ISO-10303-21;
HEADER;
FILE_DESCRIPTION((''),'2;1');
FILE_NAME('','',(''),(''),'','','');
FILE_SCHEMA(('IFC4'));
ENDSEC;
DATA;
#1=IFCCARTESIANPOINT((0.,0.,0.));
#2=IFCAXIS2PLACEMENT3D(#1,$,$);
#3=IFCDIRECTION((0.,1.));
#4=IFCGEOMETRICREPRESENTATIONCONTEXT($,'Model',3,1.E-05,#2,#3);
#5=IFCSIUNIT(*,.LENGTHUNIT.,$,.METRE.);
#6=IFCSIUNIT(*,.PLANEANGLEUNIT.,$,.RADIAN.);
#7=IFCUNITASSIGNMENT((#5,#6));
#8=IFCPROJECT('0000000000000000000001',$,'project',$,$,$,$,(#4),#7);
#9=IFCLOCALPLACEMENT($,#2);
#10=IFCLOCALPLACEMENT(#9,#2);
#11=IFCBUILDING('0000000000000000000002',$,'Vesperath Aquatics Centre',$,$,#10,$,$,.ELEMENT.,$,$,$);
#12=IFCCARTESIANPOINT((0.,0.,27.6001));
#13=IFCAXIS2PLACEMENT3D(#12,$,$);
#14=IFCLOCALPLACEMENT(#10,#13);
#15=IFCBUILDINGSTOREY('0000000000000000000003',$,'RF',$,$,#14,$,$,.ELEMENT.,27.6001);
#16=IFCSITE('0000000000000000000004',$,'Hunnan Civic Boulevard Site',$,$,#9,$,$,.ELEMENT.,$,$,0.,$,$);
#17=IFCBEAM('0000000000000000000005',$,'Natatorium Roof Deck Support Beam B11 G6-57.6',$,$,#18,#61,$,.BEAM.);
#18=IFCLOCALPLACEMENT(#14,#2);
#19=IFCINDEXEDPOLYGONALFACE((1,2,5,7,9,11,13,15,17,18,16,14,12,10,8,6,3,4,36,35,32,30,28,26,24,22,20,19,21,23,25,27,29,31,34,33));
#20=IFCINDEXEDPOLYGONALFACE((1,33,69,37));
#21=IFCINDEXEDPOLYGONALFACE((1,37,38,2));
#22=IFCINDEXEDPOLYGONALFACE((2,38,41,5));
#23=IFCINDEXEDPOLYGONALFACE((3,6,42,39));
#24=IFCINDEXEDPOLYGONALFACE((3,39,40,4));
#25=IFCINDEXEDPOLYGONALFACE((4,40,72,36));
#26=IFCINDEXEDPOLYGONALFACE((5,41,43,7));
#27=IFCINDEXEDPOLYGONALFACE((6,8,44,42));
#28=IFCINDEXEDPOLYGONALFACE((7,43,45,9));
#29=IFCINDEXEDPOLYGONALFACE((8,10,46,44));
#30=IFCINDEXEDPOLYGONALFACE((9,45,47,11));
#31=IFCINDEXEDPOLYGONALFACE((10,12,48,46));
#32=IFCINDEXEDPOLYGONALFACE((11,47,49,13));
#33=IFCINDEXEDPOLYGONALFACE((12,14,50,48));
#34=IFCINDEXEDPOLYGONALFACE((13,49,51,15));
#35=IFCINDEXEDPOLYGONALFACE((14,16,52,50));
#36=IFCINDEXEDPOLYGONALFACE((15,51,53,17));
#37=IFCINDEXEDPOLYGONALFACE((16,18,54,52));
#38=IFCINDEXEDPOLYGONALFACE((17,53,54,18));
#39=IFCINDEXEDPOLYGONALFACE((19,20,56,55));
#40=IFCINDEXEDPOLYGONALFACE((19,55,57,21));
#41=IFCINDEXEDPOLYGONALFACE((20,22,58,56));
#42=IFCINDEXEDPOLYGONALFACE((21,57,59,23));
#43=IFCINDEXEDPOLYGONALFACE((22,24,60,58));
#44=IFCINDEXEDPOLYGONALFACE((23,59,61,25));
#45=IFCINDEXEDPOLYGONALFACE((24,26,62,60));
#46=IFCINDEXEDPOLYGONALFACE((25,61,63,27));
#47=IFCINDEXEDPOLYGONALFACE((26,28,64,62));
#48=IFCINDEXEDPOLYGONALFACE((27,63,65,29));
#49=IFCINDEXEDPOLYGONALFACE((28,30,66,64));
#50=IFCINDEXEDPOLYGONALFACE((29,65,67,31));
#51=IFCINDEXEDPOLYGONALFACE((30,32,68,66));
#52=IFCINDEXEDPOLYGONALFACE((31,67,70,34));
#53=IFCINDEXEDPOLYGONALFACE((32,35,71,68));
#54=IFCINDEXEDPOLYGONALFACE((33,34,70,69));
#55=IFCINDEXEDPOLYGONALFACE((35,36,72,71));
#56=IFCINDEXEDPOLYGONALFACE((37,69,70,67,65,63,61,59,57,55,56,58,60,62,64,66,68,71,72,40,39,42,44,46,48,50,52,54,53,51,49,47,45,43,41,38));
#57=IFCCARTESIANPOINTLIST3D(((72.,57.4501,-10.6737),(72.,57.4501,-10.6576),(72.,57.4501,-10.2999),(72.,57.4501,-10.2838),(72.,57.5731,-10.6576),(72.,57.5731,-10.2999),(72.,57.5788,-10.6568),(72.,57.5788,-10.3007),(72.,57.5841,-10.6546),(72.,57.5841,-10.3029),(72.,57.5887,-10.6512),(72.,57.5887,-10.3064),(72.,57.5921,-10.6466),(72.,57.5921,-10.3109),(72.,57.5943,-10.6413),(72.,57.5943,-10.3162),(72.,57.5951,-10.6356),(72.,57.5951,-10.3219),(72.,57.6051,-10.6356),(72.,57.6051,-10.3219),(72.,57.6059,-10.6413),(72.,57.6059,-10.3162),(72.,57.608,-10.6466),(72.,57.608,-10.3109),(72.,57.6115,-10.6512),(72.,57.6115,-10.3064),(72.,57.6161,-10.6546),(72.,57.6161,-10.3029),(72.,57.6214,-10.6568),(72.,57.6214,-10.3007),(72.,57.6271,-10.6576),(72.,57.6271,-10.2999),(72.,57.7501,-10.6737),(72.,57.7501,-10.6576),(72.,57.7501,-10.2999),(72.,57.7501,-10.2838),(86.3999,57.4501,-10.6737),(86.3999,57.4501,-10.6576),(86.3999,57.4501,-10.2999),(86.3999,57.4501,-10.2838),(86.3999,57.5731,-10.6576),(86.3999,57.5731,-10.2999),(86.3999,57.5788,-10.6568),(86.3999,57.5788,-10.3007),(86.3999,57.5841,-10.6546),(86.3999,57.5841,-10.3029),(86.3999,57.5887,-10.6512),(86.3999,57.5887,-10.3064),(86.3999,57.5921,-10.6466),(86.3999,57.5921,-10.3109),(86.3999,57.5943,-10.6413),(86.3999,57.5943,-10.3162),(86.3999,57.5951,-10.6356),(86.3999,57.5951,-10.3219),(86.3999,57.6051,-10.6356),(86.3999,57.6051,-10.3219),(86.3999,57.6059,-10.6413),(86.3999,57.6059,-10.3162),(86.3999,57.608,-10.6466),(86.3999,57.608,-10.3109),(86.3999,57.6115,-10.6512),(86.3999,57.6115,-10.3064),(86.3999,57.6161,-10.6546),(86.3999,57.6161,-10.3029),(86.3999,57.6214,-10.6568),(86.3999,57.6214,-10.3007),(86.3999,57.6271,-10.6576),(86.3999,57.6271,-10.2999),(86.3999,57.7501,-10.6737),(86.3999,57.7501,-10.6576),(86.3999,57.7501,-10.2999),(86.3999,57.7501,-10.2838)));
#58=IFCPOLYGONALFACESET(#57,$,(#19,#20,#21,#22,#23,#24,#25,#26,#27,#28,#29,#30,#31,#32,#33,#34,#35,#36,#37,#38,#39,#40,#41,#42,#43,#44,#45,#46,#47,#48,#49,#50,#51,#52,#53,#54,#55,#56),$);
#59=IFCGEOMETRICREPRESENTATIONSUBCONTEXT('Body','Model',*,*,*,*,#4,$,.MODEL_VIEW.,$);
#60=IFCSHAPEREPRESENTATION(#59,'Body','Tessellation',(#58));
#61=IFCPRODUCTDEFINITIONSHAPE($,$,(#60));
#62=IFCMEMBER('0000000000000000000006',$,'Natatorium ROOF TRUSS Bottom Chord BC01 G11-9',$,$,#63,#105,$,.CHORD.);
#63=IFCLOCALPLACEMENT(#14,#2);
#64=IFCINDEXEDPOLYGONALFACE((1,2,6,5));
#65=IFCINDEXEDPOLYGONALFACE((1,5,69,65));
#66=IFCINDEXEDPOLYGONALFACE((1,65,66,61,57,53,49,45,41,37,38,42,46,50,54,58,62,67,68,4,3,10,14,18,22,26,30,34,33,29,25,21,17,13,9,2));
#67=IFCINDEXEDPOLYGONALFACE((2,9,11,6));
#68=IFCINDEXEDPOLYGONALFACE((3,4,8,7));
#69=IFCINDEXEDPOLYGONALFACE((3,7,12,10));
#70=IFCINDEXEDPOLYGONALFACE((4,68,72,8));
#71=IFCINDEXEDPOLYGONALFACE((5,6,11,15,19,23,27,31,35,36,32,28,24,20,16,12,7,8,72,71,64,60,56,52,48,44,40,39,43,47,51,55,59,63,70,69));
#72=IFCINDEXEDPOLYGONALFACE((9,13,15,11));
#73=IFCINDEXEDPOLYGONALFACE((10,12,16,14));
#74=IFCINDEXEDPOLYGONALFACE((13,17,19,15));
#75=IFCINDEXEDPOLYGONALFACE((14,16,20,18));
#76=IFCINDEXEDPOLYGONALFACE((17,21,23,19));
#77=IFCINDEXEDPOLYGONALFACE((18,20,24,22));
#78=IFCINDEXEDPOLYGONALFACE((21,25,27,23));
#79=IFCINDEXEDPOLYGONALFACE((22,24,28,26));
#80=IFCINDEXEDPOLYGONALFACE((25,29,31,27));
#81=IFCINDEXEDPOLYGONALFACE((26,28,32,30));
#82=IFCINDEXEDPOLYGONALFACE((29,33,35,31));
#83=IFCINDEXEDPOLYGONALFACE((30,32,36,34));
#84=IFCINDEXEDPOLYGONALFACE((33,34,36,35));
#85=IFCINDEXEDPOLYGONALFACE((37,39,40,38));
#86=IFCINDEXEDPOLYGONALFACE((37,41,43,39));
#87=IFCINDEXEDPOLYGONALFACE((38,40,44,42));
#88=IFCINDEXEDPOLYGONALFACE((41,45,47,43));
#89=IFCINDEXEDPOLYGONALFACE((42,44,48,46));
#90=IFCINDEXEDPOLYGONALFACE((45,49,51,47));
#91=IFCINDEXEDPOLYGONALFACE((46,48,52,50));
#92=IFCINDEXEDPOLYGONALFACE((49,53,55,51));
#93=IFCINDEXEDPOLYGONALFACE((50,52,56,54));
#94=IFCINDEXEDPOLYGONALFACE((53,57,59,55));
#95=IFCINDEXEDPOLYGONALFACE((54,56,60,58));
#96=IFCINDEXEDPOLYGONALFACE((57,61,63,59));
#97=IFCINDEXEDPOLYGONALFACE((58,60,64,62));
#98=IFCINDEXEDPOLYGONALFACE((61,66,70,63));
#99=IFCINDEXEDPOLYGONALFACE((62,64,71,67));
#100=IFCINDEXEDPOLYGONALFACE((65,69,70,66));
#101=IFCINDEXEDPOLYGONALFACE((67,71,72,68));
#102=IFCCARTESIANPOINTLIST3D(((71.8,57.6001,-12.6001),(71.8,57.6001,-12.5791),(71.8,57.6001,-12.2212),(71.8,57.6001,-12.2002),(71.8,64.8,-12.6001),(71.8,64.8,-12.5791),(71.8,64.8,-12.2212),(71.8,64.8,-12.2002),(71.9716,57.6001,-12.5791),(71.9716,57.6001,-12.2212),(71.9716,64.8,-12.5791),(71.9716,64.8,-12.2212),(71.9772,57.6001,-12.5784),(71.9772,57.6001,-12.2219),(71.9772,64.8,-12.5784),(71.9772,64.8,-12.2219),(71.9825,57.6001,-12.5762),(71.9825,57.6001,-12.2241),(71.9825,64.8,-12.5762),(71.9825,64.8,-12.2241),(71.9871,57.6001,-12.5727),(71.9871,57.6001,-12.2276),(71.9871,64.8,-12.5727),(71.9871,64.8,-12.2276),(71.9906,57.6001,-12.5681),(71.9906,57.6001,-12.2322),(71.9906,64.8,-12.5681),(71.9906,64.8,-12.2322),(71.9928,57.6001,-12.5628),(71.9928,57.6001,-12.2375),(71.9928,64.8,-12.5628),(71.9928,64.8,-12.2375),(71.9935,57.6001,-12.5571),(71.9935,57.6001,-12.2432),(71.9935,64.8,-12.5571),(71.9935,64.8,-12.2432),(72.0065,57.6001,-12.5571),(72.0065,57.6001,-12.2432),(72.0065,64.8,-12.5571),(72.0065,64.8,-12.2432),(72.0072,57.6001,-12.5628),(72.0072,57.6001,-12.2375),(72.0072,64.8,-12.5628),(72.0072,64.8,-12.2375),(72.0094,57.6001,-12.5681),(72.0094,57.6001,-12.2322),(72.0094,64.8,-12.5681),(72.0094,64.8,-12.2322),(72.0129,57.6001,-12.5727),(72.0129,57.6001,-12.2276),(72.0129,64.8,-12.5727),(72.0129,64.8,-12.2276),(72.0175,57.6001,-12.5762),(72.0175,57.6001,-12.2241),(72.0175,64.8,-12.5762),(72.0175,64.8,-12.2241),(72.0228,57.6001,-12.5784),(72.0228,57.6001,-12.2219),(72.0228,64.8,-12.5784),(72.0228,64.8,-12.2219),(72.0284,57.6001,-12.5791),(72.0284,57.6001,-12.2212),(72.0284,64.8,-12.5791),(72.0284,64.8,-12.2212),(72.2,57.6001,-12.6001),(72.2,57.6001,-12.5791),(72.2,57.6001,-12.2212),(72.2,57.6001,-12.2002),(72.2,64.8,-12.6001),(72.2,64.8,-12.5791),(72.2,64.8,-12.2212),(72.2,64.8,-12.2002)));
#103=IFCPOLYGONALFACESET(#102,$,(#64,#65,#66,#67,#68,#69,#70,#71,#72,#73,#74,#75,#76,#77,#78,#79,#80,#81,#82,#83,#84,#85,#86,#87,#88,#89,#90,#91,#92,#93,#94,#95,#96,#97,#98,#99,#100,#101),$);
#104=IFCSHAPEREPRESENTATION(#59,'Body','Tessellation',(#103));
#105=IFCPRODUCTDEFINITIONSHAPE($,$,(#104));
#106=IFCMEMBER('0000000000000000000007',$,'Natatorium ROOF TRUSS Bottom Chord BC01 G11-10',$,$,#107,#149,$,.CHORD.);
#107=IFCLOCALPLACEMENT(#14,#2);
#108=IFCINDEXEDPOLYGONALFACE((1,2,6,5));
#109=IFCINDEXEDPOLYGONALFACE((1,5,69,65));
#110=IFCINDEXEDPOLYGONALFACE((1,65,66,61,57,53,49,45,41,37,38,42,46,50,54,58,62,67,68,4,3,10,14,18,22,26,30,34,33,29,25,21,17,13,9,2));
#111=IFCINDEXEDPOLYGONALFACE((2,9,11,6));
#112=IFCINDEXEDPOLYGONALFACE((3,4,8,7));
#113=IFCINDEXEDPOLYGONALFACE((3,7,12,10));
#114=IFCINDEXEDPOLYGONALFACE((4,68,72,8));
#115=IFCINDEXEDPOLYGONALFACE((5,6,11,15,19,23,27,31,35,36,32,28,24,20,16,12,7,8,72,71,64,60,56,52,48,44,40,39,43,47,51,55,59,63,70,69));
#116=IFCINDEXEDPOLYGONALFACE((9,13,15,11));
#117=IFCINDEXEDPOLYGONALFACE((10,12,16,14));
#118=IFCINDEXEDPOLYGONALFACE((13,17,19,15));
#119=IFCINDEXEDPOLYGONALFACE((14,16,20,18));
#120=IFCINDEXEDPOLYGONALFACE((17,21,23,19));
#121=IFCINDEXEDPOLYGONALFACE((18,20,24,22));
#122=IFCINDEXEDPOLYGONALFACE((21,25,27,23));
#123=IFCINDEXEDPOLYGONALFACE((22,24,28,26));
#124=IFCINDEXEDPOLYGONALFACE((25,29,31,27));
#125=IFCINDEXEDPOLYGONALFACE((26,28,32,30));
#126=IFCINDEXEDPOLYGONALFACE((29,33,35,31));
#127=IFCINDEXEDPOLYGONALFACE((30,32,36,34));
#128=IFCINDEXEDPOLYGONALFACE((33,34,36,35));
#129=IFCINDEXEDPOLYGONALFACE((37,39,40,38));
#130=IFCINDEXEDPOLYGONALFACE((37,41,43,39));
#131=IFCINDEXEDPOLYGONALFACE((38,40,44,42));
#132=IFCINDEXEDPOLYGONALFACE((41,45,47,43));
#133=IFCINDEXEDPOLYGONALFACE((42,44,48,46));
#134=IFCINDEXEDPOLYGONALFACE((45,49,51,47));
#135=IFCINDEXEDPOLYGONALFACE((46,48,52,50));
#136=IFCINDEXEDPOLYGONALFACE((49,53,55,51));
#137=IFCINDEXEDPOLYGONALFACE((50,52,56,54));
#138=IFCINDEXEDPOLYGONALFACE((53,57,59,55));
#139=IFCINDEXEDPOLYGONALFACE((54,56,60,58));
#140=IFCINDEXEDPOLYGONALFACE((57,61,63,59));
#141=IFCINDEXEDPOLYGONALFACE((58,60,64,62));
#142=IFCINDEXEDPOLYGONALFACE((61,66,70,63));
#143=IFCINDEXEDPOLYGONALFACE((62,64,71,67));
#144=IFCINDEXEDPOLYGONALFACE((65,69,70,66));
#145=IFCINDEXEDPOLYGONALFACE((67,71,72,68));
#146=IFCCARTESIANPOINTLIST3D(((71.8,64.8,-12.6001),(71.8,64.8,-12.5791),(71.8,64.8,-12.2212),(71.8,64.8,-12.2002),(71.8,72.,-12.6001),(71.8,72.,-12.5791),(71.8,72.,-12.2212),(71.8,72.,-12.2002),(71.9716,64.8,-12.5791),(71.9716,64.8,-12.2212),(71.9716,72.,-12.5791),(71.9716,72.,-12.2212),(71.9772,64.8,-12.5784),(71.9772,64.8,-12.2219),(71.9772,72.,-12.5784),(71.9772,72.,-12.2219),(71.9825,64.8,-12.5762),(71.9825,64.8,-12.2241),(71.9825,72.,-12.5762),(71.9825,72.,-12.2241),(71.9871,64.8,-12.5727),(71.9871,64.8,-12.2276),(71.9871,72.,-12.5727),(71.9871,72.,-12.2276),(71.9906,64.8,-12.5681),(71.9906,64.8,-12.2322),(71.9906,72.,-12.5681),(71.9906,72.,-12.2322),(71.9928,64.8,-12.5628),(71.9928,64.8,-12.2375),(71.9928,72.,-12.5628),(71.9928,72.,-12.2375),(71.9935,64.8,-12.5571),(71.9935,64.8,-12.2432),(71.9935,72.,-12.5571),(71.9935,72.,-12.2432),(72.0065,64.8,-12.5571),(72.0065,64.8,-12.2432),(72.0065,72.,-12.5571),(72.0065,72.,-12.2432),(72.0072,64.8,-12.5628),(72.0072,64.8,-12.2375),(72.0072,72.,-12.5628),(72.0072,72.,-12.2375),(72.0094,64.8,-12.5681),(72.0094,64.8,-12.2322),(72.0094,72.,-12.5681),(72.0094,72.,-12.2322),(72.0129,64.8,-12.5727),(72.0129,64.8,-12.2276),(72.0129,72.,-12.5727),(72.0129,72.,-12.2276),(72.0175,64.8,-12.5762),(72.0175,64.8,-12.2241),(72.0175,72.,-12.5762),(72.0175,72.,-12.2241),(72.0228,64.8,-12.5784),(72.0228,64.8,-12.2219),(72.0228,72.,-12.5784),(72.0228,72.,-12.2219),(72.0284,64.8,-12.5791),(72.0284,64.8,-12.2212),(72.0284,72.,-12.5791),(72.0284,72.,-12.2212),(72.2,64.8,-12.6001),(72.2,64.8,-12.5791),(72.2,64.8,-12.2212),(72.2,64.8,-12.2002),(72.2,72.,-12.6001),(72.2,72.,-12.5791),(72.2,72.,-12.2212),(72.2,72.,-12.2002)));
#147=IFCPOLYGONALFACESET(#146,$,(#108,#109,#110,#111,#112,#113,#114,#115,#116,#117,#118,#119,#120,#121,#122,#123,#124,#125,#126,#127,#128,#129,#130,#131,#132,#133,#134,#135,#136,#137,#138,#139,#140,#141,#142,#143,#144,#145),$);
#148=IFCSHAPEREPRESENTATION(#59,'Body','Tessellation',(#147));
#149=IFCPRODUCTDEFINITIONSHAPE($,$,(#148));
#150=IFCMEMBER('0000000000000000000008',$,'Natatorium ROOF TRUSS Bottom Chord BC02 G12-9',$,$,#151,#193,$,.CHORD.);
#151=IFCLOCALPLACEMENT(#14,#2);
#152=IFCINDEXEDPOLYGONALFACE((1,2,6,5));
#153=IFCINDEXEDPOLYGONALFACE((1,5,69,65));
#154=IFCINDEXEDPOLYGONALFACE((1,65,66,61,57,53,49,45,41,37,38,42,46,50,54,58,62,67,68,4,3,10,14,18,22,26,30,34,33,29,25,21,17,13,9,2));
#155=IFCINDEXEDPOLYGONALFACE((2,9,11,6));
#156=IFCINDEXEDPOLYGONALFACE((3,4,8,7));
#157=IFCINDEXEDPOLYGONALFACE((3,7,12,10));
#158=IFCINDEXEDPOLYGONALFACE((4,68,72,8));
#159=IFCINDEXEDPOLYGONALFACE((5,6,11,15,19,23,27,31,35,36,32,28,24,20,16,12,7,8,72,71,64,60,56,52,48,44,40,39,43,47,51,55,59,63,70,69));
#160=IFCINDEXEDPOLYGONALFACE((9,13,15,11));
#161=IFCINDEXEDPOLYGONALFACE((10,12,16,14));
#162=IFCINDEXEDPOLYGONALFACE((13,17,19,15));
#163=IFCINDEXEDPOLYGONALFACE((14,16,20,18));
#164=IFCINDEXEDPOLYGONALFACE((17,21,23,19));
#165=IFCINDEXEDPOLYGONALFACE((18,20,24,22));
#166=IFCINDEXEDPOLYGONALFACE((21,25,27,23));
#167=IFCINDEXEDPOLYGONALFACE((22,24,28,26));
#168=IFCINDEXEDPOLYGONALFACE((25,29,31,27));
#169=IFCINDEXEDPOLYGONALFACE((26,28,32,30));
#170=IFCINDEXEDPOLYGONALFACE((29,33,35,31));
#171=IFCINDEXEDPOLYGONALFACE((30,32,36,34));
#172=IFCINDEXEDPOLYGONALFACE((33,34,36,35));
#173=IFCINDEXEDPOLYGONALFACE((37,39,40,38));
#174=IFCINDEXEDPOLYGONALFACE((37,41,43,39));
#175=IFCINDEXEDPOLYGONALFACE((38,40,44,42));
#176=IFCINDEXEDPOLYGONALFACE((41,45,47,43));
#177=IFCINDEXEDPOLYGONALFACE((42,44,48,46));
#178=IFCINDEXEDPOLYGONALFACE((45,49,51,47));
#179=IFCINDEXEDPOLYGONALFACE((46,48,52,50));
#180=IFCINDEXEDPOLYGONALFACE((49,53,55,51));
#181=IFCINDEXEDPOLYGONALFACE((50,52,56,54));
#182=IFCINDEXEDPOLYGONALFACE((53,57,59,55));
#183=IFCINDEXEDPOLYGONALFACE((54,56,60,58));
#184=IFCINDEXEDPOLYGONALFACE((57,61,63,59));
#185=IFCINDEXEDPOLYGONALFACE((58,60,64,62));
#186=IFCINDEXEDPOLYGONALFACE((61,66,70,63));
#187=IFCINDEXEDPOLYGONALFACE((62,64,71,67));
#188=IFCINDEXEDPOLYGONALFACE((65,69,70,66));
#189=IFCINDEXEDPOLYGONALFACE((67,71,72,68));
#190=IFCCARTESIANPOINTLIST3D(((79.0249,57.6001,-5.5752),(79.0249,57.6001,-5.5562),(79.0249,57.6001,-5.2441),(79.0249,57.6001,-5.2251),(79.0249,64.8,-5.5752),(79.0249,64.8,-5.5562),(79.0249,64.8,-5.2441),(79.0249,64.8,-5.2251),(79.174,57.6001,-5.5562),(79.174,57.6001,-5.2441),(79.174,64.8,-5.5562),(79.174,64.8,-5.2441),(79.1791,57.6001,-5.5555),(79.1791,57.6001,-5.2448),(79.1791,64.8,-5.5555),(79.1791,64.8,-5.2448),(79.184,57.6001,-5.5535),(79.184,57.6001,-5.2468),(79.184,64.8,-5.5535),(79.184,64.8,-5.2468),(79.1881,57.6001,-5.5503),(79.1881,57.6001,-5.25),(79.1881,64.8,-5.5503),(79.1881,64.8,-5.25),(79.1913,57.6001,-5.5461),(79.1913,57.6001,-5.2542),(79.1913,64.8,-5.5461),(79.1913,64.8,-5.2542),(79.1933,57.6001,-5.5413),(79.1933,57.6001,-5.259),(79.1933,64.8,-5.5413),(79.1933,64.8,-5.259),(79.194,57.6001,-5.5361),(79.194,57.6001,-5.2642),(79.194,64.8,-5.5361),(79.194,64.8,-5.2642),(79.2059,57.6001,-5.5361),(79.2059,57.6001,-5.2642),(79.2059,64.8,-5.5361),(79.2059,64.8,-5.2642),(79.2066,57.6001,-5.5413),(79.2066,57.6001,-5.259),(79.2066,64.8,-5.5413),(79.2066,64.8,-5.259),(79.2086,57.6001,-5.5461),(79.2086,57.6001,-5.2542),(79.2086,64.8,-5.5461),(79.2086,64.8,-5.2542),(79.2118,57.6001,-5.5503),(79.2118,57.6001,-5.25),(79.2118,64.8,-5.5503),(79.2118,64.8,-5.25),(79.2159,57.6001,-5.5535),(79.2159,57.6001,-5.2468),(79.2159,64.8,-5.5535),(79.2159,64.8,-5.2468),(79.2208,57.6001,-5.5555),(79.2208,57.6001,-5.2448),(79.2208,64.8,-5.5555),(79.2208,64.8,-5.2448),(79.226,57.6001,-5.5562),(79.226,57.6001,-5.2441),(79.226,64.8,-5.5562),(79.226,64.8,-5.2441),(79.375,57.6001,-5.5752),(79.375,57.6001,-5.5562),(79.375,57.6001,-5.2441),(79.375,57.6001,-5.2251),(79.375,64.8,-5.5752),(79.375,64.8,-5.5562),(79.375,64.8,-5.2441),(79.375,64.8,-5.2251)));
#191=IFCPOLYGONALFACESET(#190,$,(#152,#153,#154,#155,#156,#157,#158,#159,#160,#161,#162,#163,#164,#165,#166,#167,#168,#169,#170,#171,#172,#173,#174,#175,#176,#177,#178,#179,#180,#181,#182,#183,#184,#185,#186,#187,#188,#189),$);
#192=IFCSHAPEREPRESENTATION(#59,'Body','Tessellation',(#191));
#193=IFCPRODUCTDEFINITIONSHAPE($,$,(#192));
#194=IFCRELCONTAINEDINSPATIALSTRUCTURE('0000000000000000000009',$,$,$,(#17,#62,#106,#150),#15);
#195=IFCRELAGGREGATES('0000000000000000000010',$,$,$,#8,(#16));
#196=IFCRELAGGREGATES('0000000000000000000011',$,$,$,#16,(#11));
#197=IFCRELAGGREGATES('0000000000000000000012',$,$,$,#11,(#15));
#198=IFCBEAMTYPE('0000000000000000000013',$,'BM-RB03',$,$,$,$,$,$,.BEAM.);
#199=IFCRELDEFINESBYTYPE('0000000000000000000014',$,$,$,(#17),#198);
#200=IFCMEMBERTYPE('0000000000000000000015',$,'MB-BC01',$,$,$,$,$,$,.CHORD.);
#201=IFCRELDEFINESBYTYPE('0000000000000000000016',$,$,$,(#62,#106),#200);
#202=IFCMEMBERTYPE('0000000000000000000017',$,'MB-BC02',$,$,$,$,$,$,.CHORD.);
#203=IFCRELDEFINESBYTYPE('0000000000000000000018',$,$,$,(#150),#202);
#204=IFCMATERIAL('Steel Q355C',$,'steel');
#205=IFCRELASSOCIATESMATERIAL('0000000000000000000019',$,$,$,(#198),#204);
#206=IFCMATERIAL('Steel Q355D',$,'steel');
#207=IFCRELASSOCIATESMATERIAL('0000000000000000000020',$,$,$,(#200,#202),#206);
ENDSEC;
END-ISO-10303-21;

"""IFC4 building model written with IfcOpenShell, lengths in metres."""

from ifc_helpers import new_model, si_unit, direction, frame, origin, origin_2d, place, context, subcontext, project, spatial, i_section, extrude, material, material_profile, profile_set, type_object, element, save


model = new_model("IFC4")

# Units and contexts
model_context = context("Model", 3, precision=1e-05, world=origin(), true_north=direction((0.0, 1.0)))
body_context = subcontext(model_context, "Body", "Model", "MODEL_VIEW")
ifc_project = project(units=[si_unit("LENGTHUNIT", "METRE"), si_unit("PLANEANGLEUNIT", "RADIAN")], contexts=[model_context])

# Site, building, storey
site_placement = place(None, origin())
site = spatial("IfcSite", under=ifc_project, at=site_placement, Name="Hunnan Civic Boulevard Site", CompositionType="ELEMENT", RefElevation=0.0)
building_placement = place(site_placement, origin())
building = spatial("IfcBuilding", under=site, at=building_placement, Name="Vesperath Aquatics Centre", CompositionType="ELEMENT")
storey_placement = place(building_placement, frame((0.0, 0.0, 27.6001)))
storey = spatial("IfcBuildingStorey", under=building, at=storey_placement, Name="RF", CompositionType="ELEMENT", Elevation=27.6001)

# Beam
ifc_material_1 = material(Name="Steel Q355C", Category="steel")
ifc_material_profile_1 = material_profile(ifc_material_1, i_section(OverallWidth=0.3, OverallDepth=0.3899, WebThickness=0.01, FlangeThickness=0.0161, FilletRadius=0.022, at=origin_2d()), Name="HM 390x300x10x16")
ifc_profile_set_1 = profile_set([ifc_material_profile_1], Name="Steel Q355C")
beam_type = type_object("IfcBeamType", Name="BM-RB03", PredefinedType="BEAM", material=ifc_profile_set_1)
beam_placement = place(storey_placement, frame((72.0, 57.6001, -10.4788), z_axis=(1.0, 0.0, 0.0), x_axis=(0.0, 1.0, 0.0)))
element("IfcBeam", 1, at=beam_placement, inside=storey, type_object=beam_type, Name="Natatorium Roof Deck Support Beam B11 G6-57.6", PredefinedType="BEAM", context=body_context, shape_type="SweptSolid", body=[
    extrude(i_section(OverallWidth=0.3, OverallDepth=0.3899, WebThickness=0.01, FlangeThickness=0.0161, FilletRadius=0.022, at=origin_2d()), origin(), (0.0, 0.0, 1.0), 14.3999),
])

# Members
ifc_material_2 = material(Name="Steel Q355D", Category="steel")
ifc_material_profile_2 = material_profile(ifc_material_2, i_section(OverallWidth=0.3999, OverallDepth=0.3999, WebThickness=0.0129, FlangeThickness=0.021, FilletRadius=0.022, at=origin_2d()), Name="HW 400x400x13x21")
ifc_profile_set_2 = profile_set([ifc_material_profile_2], Name="Steel Q355D")
member_type_1 = type_object("IfcMemberType", Name="MB-BC01", PredefinedType="CHORD", material=ifc_profile_set_2)
for number, where, z_axis, x_axis, name in (
    (2, (72.0, 57.6001, -12.4001), (0.0, 1.0, 0.0), (-1.0, 0.0, 0.0), "Natatorium ROOF TRUSS Bottom Chord BC01 G11-9"),
    (3, (72.0, 64.8, -12.4001), (0.0, 1.0, 0.0), (-1.0, 0.0, 0.0), "Natatorium ROOF TRUSS Bottom Chord BC01 G11-10"),
):
    element("IfcMember", number, at=place(storey_placement, frame(where, z_axis=z_axis, x_axis=x_axis)), inside=storey, type_object=member_type_1, Name=name, PredefinedType="CHORD", context=body_context, shape_type="SweptSolid", body=[
        extrude(i_section(OverallWidth=0.3999, OverallDepth=0.3999, WebThickness=0.0129, FlangeThickness=0.021, FilletRadius=0.022, at=origin_2d()), origin(), (0.0, 0.0, 1.0), 7.2),
    ])
ifc_material_profile_3 = material_profile(ifc_material_2, i_section(OverallWidth=0.3501, OverallDepth=0.3501, WebThickness=0.012, FlangeThickness=0.019, FilletRadius=0.02, at=origin_2d()), Name="HW 350x350x12x19")
ifc_profile_set_3 = profile_set([ifc_material_profile_3], Name="Steel Q355D")
member_type_2 = type_object("IfcMemberType", Name="MB-BC02", PredefinedType="CHORD", material=ifc_profile_set_3)
for number, where, z_axis, x_axis, name in (
    (4, (79.2, 57.6001, -5.4001), (0.0, 1.0, 0.0), (-1.0, 0.0, 0.0), "Natatorium ROOF TRUSS Bottom Chord BC02 G12-9"),
):
    element("IfcMember", number, at=place(storey_placement, frame(where, z_axis=z_axis, x_axis=x_axis)), inside=storey, type_object=member_type_2, Name=name, PredefinedType="CHORD", context=body_context, shape_type="SweptSolid", body=[
        extrude(i_section(OverallWidth=0.3501, OverallDepth=0.3501, WebThickness=0.012, FlangeThickness=0.019, FilletRadius=0.02, at=origin_2d()), origin(), (0.0, 0.0, 1.0), 7.2),
    ])

save(model, "model.ifc")
